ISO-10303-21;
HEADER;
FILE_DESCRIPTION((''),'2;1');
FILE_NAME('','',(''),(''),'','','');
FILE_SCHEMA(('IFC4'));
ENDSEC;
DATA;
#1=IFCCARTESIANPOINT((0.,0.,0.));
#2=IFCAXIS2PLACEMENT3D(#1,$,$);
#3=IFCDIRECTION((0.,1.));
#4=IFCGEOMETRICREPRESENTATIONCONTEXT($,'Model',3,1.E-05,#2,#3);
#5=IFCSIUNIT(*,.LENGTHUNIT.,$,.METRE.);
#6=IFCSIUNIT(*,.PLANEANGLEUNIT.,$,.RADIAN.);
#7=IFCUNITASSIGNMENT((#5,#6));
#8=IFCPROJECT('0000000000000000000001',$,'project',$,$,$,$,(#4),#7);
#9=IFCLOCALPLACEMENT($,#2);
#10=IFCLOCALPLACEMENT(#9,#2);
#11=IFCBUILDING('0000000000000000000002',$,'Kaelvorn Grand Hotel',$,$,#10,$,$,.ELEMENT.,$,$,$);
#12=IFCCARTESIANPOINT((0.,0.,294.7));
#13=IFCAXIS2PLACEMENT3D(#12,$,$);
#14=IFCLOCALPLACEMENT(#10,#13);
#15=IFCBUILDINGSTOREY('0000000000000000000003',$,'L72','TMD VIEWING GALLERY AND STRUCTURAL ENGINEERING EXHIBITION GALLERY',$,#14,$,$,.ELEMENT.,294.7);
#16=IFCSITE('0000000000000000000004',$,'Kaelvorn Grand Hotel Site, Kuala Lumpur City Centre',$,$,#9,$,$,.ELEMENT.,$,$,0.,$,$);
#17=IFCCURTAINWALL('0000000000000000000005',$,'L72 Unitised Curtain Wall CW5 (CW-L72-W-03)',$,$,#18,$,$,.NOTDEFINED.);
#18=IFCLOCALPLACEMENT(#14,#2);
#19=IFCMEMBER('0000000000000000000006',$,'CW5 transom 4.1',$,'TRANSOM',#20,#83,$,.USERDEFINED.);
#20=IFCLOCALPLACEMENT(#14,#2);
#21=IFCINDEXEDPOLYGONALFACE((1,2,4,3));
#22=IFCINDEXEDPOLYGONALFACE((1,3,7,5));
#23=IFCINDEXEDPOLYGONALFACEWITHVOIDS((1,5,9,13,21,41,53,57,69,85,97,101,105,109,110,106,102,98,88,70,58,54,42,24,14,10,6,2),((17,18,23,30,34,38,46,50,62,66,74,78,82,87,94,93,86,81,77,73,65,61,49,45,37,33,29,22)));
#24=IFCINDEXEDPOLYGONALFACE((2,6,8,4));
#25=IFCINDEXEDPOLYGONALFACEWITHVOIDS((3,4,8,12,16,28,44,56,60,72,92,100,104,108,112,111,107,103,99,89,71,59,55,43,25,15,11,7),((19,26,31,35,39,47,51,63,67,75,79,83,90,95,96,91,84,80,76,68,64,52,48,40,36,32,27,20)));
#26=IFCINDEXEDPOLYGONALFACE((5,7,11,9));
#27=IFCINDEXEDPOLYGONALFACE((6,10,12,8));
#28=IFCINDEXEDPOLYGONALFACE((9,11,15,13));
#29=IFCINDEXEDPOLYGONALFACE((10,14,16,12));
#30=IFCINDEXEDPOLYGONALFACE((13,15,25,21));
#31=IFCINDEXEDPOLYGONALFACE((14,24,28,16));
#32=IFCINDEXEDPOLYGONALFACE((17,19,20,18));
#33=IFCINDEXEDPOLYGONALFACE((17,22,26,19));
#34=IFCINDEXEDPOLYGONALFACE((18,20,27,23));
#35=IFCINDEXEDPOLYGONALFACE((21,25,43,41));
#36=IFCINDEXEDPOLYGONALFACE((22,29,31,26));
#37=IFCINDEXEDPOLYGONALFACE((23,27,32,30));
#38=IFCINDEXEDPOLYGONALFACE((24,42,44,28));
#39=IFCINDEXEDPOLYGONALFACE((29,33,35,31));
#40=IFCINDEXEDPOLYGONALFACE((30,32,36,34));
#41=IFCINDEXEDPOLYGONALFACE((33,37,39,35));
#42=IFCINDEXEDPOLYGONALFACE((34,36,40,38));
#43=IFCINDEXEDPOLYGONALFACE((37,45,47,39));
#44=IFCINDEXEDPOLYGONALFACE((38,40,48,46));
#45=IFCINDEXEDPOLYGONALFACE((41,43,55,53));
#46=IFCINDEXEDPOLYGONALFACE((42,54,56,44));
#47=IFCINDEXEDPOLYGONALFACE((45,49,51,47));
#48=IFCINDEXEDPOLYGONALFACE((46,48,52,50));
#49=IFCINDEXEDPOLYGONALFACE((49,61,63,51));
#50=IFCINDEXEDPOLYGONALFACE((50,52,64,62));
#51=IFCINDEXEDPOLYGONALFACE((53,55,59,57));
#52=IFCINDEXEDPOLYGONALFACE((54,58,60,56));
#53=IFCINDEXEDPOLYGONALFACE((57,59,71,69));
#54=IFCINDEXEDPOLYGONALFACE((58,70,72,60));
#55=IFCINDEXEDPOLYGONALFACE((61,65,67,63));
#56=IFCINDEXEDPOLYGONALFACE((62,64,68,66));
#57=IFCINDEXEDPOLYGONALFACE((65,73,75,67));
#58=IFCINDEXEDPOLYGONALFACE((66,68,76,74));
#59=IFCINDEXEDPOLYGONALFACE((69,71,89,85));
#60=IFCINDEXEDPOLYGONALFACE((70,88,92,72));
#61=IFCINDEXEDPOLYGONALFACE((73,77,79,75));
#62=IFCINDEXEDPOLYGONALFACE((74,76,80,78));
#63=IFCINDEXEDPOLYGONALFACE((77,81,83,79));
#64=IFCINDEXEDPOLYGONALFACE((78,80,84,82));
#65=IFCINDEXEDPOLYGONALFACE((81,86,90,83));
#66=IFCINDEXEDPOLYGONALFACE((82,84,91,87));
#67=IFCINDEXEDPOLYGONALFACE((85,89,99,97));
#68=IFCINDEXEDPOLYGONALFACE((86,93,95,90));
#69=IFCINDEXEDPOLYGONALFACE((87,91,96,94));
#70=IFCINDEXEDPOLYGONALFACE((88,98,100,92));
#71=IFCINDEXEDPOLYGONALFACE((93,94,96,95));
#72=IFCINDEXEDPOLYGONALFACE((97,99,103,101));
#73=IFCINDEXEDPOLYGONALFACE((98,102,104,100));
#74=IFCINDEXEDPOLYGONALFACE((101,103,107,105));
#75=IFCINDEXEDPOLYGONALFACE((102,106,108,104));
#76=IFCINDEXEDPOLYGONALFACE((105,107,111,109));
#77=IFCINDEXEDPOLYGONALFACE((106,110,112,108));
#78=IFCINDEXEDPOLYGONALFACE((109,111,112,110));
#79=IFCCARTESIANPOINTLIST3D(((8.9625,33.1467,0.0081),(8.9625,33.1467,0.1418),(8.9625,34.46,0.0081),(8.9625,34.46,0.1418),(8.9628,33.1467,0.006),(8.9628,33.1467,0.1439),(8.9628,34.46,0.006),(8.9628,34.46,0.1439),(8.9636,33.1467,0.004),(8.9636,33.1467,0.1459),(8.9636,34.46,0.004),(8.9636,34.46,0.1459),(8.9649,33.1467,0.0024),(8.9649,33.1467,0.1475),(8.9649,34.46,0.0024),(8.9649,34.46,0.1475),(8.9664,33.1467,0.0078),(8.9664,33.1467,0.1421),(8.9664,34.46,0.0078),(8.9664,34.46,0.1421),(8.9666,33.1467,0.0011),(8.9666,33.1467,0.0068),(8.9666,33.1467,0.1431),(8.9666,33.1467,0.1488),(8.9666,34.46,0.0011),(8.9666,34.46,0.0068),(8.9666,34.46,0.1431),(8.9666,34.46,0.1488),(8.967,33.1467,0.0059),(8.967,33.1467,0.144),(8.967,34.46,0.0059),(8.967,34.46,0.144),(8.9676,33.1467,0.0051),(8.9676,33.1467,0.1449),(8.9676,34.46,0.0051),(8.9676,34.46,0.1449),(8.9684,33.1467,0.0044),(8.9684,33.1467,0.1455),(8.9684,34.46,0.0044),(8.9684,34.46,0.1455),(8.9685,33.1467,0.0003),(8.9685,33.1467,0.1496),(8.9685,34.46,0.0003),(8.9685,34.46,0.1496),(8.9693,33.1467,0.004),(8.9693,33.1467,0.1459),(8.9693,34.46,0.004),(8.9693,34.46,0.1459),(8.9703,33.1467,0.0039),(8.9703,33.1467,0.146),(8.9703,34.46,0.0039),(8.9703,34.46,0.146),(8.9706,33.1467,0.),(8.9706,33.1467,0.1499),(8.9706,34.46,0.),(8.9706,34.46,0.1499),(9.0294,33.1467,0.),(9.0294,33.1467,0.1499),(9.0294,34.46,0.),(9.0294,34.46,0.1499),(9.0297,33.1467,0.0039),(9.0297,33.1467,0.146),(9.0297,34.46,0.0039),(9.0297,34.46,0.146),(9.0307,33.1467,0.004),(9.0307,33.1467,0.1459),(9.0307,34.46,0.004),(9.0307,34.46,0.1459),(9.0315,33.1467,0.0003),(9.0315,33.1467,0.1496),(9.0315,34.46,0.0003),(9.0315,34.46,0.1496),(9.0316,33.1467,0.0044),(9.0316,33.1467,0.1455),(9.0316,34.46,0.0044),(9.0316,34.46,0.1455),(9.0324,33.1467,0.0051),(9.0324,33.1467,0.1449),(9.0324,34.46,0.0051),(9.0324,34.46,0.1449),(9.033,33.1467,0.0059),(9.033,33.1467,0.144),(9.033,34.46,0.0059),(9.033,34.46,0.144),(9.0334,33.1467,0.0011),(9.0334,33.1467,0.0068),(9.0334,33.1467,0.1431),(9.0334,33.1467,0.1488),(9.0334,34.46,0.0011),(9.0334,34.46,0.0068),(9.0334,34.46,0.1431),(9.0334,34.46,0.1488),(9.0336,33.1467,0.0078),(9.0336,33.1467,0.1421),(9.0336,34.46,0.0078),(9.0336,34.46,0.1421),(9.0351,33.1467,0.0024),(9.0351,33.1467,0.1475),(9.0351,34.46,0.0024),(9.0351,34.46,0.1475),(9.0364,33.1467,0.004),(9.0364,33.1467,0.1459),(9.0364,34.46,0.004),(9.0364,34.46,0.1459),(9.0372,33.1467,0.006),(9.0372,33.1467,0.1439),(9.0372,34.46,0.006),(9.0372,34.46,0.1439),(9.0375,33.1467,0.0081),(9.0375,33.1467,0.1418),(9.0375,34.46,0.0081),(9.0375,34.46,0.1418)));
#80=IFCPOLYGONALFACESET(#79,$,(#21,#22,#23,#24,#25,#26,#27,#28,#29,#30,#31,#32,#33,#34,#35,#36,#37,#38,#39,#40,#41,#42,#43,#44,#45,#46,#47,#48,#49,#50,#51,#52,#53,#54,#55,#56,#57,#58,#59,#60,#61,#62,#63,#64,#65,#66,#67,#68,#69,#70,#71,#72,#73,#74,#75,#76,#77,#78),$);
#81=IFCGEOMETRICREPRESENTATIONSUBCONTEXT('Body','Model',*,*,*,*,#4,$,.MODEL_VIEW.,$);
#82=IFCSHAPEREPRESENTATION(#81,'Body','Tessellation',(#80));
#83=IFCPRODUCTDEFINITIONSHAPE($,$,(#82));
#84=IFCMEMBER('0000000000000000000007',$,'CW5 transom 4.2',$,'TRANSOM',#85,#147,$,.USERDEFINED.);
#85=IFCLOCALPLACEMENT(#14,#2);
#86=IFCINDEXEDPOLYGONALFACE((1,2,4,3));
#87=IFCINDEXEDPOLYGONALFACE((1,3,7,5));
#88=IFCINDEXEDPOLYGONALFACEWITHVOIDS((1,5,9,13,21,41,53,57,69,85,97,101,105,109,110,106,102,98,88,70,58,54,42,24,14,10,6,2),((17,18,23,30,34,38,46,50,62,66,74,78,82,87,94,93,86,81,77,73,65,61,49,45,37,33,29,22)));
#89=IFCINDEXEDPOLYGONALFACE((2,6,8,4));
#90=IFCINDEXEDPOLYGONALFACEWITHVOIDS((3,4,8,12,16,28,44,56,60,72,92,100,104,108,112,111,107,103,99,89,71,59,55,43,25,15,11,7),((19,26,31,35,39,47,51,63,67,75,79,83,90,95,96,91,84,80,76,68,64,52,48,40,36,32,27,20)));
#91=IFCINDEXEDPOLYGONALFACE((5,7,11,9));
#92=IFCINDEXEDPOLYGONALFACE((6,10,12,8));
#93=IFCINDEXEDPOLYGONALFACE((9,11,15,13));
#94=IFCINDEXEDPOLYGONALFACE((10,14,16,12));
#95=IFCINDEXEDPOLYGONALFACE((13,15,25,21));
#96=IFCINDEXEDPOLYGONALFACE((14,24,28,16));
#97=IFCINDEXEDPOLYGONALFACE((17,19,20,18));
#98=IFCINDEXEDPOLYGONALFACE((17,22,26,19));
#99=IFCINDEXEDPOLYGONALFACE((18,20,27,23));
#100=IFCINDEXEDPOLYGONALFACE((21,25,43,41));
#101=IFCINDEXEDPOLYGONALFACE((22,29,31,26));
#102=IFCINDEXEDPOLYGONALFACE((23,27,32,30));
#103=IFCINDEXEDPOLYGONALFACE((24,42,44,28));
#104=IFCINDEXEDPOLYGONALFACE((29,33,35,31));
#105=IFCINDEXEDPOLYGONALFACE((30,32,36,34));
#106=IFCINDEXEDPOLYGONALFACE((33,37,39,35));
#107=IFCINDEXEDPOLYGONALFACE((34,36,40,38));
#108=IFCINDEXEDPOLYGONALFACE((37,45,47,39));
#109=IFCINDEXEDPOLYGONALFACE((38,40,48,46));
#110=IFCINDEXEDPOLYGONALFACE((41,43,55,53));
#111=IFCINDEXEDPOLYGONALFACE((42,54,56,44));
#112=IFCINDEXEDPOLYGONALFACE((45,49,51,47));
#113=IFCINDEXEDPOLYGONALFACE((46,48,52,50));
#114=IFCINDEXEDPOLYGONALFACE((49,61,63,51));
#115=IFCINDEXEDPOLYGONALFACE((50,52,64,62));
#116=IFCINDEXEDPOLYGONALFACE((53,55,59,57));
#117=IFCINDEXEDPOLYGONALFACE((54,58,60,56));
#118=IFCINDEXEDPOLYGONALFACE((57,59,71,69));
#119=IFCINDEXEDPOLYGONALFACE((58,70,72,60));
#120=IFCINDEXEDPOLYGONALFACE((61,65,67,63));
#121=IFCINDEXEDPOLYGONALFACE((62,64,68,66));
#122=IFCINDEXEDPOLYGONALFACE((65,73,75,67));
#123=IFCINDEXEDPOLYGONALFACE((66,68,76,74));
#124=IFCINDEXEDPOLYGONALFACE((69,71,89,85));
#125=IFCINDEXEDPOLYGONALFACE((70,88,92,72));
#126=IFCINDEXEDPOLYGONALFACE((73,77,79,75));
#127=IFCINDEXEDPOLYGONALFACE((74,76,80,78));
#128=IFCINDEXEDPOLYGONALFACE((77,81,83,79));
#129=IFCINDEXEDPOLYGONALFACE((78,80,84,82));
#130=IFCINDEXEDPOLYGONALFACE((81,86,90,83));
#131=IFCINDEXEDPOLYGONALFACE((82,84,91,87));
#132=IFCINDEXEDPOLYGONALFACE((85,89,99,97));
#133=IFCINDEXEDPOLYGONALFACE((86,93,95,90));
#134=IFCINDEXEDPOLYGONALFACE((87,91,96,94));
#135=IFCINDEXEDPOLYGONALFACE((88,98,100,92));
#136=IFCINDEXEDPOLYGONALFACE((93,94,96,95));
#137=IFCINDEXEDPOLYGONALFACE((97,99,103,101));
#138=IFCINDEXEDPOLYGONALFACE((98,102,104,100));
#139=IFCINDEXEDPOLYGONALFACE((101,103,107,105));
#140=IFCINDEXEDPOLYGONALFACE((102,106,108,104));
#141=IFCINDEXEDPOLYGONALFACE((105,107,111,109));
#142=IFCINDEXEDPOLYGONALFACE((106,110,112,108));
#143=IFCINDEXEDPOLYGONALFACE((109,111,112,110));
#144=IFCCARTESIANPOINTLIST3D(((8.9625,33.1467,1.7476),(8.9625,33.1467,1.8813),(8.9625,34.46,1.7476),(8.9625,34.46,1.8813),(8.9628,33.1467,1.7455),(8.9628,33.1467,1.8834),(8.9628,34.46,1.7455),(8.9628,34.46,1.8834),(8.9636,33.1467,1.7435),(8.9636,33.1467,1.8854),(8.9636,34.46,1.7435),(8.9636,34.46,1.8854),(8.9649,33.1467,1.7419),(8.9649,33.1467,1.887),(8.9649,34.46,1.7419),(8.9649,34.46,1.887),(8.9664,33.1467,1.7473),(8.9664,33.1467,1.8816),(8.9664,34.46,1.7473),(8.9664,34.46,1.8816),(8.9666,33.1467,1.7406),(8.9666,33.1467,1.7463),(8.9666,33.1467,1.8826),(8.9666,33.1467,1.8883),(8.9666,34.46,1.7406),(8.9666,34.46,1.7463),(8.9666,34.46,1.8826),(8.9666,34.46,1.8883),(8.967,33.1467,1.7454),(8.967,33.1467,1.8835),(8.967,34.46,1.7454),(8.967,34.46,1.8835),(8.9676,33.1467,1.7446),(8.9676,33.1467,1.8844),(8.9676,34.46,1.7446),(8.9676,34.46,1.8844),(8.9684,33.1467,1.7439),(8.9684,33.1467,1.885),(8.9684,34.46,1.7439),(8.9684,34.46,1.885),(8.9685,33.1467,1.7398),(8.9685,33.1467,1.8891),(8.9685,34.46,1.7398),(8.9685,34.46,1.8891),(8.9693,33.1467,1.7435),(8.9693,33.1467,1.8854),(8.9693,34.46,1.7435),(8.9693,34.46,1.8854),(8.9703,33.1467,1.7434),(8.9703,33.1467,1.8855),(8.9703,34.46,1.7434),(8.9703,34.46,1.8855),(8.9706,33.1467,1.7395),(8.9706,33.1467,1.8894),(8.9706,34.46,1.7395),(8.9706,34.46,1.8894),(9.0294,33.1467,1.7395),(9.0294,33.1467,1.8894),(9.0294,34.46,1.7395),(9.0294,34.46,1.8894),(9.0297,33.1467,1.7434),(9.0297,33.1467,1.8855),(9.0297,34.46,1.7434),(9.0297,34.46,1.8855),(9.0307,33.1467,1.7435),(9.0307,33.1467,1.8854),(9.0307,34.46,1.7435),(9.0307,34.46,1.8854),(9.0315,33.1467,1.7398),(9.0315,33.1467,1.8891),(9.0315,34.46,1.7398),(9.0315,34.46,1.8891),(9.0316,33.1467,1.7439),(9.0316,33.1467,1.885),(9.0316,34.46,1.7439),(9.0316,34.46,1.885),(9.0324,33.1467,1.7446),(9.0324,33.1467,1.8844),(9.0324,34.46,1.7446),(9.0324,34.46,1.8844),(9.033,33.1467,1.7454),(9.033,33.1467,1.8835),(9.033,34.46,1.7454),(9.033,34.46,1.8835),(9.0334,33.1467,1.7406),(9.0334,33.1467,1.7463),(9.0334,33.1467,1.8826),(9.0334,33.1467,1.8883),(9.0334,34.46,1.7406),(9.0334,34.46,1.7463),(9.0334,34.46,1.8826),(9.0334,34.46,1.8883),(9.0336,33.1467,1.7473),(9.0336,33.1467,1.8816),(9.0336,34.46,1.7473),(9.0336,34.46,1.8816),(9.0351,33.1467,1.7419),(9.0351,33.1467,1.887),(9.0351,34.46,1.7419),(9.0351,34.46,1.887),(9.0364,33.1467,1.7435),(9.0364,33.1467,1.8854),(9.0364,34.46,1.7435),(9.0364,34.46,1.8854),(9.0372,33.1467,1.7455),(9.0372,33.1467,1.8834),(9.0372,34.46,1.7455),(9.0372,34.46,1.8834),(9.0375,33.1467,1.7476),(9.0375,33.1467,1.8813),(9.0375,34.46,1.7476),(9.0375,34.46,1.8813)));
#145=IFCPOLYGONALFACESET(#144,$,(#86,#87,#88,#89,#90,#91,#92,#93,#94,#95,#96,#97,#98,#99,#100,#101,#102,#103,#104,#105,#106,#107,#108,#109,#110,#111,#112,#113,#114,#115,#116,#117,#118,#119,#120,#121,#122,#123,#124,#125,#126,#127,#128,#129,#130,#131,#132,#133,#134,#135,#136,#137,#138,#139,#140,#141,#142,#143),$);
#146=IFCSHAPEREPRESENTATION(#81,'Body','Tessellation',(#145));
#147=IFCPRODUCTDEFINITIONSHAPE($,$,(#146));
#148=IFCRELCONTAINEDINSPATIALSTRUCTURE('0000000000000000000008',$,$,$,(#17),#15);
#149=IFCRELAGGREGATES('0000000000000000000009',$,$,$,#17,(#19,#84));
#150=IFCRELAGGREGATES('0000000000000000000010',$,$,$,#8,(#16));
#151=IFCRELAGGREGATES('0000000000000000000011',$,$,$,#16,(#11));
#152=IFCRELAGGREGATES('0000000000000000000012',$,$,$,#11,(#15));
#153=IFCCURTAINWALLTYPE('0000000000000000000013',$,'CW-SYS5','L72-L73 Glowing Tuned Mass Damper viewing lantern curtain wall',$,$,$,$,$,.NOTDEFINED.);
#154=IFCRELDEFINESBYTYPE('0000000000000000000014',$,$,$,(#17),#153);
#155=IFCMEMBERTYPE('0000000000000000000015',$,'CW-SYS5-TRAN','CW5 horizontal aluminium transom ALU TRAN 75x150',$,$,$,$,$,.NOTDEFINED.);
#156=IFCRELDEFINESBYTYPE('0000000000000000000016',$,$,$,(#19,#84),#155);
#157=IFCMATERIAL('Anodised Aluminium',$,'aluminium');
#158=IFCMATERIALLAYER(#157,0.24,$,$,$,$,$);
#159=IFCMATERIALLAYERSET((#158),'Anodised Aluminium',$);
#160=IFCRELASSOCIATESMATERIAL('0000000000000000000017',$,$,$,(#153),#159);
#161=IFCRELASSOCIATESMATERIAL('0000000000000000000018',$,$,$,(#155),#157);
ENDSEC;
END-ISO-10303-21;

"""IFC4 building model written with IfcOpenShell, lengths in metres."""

from ifc_helpers import new_model, si_unit, direction, frame, origin, origin_2d, place, context, subcontext, project, spatial, hollow_rectangle, extrude, material, layer, layer_set, material_profile, profile_set, type_object, element, aggregate, save


model = new_model("IFC4")

# Units and contexts
model_context = context("Model", 3, precision=1e-05, world=origin(), true_north=direction((0.0, 1.0)))
body_context = subcontext(model_context, "Body", "Model", "MODEL_VIEW")
ifc_project = project(units=[si_unit("LENGTHUNIT", "METRE"), si_unit("PLANEANGLEUNIT", "RADIAN")], contexts=[model_context])

# Site, building, storey
site_placement = place(None, origin())
site = spatial("IfcSite", under=ifc_project, at=site_placement, Name="Kaelvorn Grand Hotel Site, Kuala Lumpur City Centre", CompositionType="ELEMENT", RefElevation=0.0)
building_placement = place(site_placement, origin())
building = spatial("IfcBuilding", under=site, at=building_placement, Name="Kaelvorn Grand Hotel", CompositionType="ELEMENT")
storey_placement = place(building_placement, frame((0.0, 0.0, 294.7)))
storey = spatial("IfcBuildingStorey", under=building, at=storey_placement, Name="L72", Description="TMD VIEWING GALLERY AND STRUCTURAL ENGINEERING EXHIBITION GALLERY", CompositionType="ELEMENT", Elevation=294.7)

# Curtain wall, members
ifc_material_1 = material(Name="Anodised Aluminium", Category="aluminium")
ifc_layer_1 = layer(ifc_material_1, 0.24)
ifc_layer_set_1 = layer_set([ifc_layer_1], Name="Anodised Aluminium")
curtain_wall_type = type_object("IfcCurtainWallType", Name="CW-SYS5", Description="L72-L73 Glowing Tuned Mass Damper viewing lantern curtain wall", PredefinedType="NOTDEFINED", material=ifc_layer_set_1)
curtain_wall_placement = place(storey_placement, origin())
curtain_wall = element("IfcCurtainWall", 1, at=curtain_wall_placement, inside=storey, type_object=curtain_wall_type, Name="L72 Unitised Curtain Wall CW5 (CW-L72-W-03)", PredefinedType="NOTDEFINED")
ifc_material_profile_1 = material_profile(ifc_material_1, hollow_rectangle(XDim=0.075, YDim=0.1499, WallThickness=0.0039, InnerFilletRadius=0.0039, OuterFilletRadius=0.0081, at=origin_2d()), Name="ALU TRAN 75x150")
ifc_profile_set_1 = profile_set([ifc_material_profile_1], Name="Anodised Aluminium")
member_type_1 = type_object("IfcMemberType", Name="CW-SYS5-TRAN", Description="CW5 horizontal aluminium transom ALU TRAN 75x150", PredefinedType="NOTDEFINED", material=ifc_profile_set_1)
member_1_placement = place(storey_placement, frame((9.0, 34.46, 0.075), z_axis=(0.0, -1.0, 0.0), x_axis=(1.0, 0.0, 0.0)))
member_1 = element("IfcMember", 2, at=member_1_placement, type_object=member_type_1, Name="CW5 transom 4.1", ObjectType="TRANSOM", PredefinedType="USERDEFINED", context=body_context, shape_type="SweptSolid", body=[
    extrude(hollow_rectangle(XDim=0.075, YDim=0.1499, WallThickness=0.0039, InnerFilletRadius=0.0039, OuterFilletRadius=0.0081, at=origin_2d()), origin(), (0.0, 0.0, 1.0), 1.3132),
])
member_2_placement = place(storey_placement, frame((9.0, 34.46, 1.8145), z_axis=(0.0, -1.0, 0.0), x_axis=(1.0, 0.0, 0.0)))
member_2 = element("IfcMember", 3, at=member_2_placement, type_object=member_type_1, Name="CW5 transom 4.2", ObjectType="TRANSOM", PredefinedType="USERDEFINED", context=body_context, shape_type="SweptSolid", body=[
    extrude(hollow_rectangle(XDim=0.075, YDim=0.1499, WallThickness=0.0039, InnerFilletRadius=0.0039, OuterFilletRadius=0.0081, at=origin_2d()), origin(), (0.0, 0.0, 1.0), 1.3132),
])
aggregate(curtain_wall, [member_1, member_2])

save(model, "model.ifc")
